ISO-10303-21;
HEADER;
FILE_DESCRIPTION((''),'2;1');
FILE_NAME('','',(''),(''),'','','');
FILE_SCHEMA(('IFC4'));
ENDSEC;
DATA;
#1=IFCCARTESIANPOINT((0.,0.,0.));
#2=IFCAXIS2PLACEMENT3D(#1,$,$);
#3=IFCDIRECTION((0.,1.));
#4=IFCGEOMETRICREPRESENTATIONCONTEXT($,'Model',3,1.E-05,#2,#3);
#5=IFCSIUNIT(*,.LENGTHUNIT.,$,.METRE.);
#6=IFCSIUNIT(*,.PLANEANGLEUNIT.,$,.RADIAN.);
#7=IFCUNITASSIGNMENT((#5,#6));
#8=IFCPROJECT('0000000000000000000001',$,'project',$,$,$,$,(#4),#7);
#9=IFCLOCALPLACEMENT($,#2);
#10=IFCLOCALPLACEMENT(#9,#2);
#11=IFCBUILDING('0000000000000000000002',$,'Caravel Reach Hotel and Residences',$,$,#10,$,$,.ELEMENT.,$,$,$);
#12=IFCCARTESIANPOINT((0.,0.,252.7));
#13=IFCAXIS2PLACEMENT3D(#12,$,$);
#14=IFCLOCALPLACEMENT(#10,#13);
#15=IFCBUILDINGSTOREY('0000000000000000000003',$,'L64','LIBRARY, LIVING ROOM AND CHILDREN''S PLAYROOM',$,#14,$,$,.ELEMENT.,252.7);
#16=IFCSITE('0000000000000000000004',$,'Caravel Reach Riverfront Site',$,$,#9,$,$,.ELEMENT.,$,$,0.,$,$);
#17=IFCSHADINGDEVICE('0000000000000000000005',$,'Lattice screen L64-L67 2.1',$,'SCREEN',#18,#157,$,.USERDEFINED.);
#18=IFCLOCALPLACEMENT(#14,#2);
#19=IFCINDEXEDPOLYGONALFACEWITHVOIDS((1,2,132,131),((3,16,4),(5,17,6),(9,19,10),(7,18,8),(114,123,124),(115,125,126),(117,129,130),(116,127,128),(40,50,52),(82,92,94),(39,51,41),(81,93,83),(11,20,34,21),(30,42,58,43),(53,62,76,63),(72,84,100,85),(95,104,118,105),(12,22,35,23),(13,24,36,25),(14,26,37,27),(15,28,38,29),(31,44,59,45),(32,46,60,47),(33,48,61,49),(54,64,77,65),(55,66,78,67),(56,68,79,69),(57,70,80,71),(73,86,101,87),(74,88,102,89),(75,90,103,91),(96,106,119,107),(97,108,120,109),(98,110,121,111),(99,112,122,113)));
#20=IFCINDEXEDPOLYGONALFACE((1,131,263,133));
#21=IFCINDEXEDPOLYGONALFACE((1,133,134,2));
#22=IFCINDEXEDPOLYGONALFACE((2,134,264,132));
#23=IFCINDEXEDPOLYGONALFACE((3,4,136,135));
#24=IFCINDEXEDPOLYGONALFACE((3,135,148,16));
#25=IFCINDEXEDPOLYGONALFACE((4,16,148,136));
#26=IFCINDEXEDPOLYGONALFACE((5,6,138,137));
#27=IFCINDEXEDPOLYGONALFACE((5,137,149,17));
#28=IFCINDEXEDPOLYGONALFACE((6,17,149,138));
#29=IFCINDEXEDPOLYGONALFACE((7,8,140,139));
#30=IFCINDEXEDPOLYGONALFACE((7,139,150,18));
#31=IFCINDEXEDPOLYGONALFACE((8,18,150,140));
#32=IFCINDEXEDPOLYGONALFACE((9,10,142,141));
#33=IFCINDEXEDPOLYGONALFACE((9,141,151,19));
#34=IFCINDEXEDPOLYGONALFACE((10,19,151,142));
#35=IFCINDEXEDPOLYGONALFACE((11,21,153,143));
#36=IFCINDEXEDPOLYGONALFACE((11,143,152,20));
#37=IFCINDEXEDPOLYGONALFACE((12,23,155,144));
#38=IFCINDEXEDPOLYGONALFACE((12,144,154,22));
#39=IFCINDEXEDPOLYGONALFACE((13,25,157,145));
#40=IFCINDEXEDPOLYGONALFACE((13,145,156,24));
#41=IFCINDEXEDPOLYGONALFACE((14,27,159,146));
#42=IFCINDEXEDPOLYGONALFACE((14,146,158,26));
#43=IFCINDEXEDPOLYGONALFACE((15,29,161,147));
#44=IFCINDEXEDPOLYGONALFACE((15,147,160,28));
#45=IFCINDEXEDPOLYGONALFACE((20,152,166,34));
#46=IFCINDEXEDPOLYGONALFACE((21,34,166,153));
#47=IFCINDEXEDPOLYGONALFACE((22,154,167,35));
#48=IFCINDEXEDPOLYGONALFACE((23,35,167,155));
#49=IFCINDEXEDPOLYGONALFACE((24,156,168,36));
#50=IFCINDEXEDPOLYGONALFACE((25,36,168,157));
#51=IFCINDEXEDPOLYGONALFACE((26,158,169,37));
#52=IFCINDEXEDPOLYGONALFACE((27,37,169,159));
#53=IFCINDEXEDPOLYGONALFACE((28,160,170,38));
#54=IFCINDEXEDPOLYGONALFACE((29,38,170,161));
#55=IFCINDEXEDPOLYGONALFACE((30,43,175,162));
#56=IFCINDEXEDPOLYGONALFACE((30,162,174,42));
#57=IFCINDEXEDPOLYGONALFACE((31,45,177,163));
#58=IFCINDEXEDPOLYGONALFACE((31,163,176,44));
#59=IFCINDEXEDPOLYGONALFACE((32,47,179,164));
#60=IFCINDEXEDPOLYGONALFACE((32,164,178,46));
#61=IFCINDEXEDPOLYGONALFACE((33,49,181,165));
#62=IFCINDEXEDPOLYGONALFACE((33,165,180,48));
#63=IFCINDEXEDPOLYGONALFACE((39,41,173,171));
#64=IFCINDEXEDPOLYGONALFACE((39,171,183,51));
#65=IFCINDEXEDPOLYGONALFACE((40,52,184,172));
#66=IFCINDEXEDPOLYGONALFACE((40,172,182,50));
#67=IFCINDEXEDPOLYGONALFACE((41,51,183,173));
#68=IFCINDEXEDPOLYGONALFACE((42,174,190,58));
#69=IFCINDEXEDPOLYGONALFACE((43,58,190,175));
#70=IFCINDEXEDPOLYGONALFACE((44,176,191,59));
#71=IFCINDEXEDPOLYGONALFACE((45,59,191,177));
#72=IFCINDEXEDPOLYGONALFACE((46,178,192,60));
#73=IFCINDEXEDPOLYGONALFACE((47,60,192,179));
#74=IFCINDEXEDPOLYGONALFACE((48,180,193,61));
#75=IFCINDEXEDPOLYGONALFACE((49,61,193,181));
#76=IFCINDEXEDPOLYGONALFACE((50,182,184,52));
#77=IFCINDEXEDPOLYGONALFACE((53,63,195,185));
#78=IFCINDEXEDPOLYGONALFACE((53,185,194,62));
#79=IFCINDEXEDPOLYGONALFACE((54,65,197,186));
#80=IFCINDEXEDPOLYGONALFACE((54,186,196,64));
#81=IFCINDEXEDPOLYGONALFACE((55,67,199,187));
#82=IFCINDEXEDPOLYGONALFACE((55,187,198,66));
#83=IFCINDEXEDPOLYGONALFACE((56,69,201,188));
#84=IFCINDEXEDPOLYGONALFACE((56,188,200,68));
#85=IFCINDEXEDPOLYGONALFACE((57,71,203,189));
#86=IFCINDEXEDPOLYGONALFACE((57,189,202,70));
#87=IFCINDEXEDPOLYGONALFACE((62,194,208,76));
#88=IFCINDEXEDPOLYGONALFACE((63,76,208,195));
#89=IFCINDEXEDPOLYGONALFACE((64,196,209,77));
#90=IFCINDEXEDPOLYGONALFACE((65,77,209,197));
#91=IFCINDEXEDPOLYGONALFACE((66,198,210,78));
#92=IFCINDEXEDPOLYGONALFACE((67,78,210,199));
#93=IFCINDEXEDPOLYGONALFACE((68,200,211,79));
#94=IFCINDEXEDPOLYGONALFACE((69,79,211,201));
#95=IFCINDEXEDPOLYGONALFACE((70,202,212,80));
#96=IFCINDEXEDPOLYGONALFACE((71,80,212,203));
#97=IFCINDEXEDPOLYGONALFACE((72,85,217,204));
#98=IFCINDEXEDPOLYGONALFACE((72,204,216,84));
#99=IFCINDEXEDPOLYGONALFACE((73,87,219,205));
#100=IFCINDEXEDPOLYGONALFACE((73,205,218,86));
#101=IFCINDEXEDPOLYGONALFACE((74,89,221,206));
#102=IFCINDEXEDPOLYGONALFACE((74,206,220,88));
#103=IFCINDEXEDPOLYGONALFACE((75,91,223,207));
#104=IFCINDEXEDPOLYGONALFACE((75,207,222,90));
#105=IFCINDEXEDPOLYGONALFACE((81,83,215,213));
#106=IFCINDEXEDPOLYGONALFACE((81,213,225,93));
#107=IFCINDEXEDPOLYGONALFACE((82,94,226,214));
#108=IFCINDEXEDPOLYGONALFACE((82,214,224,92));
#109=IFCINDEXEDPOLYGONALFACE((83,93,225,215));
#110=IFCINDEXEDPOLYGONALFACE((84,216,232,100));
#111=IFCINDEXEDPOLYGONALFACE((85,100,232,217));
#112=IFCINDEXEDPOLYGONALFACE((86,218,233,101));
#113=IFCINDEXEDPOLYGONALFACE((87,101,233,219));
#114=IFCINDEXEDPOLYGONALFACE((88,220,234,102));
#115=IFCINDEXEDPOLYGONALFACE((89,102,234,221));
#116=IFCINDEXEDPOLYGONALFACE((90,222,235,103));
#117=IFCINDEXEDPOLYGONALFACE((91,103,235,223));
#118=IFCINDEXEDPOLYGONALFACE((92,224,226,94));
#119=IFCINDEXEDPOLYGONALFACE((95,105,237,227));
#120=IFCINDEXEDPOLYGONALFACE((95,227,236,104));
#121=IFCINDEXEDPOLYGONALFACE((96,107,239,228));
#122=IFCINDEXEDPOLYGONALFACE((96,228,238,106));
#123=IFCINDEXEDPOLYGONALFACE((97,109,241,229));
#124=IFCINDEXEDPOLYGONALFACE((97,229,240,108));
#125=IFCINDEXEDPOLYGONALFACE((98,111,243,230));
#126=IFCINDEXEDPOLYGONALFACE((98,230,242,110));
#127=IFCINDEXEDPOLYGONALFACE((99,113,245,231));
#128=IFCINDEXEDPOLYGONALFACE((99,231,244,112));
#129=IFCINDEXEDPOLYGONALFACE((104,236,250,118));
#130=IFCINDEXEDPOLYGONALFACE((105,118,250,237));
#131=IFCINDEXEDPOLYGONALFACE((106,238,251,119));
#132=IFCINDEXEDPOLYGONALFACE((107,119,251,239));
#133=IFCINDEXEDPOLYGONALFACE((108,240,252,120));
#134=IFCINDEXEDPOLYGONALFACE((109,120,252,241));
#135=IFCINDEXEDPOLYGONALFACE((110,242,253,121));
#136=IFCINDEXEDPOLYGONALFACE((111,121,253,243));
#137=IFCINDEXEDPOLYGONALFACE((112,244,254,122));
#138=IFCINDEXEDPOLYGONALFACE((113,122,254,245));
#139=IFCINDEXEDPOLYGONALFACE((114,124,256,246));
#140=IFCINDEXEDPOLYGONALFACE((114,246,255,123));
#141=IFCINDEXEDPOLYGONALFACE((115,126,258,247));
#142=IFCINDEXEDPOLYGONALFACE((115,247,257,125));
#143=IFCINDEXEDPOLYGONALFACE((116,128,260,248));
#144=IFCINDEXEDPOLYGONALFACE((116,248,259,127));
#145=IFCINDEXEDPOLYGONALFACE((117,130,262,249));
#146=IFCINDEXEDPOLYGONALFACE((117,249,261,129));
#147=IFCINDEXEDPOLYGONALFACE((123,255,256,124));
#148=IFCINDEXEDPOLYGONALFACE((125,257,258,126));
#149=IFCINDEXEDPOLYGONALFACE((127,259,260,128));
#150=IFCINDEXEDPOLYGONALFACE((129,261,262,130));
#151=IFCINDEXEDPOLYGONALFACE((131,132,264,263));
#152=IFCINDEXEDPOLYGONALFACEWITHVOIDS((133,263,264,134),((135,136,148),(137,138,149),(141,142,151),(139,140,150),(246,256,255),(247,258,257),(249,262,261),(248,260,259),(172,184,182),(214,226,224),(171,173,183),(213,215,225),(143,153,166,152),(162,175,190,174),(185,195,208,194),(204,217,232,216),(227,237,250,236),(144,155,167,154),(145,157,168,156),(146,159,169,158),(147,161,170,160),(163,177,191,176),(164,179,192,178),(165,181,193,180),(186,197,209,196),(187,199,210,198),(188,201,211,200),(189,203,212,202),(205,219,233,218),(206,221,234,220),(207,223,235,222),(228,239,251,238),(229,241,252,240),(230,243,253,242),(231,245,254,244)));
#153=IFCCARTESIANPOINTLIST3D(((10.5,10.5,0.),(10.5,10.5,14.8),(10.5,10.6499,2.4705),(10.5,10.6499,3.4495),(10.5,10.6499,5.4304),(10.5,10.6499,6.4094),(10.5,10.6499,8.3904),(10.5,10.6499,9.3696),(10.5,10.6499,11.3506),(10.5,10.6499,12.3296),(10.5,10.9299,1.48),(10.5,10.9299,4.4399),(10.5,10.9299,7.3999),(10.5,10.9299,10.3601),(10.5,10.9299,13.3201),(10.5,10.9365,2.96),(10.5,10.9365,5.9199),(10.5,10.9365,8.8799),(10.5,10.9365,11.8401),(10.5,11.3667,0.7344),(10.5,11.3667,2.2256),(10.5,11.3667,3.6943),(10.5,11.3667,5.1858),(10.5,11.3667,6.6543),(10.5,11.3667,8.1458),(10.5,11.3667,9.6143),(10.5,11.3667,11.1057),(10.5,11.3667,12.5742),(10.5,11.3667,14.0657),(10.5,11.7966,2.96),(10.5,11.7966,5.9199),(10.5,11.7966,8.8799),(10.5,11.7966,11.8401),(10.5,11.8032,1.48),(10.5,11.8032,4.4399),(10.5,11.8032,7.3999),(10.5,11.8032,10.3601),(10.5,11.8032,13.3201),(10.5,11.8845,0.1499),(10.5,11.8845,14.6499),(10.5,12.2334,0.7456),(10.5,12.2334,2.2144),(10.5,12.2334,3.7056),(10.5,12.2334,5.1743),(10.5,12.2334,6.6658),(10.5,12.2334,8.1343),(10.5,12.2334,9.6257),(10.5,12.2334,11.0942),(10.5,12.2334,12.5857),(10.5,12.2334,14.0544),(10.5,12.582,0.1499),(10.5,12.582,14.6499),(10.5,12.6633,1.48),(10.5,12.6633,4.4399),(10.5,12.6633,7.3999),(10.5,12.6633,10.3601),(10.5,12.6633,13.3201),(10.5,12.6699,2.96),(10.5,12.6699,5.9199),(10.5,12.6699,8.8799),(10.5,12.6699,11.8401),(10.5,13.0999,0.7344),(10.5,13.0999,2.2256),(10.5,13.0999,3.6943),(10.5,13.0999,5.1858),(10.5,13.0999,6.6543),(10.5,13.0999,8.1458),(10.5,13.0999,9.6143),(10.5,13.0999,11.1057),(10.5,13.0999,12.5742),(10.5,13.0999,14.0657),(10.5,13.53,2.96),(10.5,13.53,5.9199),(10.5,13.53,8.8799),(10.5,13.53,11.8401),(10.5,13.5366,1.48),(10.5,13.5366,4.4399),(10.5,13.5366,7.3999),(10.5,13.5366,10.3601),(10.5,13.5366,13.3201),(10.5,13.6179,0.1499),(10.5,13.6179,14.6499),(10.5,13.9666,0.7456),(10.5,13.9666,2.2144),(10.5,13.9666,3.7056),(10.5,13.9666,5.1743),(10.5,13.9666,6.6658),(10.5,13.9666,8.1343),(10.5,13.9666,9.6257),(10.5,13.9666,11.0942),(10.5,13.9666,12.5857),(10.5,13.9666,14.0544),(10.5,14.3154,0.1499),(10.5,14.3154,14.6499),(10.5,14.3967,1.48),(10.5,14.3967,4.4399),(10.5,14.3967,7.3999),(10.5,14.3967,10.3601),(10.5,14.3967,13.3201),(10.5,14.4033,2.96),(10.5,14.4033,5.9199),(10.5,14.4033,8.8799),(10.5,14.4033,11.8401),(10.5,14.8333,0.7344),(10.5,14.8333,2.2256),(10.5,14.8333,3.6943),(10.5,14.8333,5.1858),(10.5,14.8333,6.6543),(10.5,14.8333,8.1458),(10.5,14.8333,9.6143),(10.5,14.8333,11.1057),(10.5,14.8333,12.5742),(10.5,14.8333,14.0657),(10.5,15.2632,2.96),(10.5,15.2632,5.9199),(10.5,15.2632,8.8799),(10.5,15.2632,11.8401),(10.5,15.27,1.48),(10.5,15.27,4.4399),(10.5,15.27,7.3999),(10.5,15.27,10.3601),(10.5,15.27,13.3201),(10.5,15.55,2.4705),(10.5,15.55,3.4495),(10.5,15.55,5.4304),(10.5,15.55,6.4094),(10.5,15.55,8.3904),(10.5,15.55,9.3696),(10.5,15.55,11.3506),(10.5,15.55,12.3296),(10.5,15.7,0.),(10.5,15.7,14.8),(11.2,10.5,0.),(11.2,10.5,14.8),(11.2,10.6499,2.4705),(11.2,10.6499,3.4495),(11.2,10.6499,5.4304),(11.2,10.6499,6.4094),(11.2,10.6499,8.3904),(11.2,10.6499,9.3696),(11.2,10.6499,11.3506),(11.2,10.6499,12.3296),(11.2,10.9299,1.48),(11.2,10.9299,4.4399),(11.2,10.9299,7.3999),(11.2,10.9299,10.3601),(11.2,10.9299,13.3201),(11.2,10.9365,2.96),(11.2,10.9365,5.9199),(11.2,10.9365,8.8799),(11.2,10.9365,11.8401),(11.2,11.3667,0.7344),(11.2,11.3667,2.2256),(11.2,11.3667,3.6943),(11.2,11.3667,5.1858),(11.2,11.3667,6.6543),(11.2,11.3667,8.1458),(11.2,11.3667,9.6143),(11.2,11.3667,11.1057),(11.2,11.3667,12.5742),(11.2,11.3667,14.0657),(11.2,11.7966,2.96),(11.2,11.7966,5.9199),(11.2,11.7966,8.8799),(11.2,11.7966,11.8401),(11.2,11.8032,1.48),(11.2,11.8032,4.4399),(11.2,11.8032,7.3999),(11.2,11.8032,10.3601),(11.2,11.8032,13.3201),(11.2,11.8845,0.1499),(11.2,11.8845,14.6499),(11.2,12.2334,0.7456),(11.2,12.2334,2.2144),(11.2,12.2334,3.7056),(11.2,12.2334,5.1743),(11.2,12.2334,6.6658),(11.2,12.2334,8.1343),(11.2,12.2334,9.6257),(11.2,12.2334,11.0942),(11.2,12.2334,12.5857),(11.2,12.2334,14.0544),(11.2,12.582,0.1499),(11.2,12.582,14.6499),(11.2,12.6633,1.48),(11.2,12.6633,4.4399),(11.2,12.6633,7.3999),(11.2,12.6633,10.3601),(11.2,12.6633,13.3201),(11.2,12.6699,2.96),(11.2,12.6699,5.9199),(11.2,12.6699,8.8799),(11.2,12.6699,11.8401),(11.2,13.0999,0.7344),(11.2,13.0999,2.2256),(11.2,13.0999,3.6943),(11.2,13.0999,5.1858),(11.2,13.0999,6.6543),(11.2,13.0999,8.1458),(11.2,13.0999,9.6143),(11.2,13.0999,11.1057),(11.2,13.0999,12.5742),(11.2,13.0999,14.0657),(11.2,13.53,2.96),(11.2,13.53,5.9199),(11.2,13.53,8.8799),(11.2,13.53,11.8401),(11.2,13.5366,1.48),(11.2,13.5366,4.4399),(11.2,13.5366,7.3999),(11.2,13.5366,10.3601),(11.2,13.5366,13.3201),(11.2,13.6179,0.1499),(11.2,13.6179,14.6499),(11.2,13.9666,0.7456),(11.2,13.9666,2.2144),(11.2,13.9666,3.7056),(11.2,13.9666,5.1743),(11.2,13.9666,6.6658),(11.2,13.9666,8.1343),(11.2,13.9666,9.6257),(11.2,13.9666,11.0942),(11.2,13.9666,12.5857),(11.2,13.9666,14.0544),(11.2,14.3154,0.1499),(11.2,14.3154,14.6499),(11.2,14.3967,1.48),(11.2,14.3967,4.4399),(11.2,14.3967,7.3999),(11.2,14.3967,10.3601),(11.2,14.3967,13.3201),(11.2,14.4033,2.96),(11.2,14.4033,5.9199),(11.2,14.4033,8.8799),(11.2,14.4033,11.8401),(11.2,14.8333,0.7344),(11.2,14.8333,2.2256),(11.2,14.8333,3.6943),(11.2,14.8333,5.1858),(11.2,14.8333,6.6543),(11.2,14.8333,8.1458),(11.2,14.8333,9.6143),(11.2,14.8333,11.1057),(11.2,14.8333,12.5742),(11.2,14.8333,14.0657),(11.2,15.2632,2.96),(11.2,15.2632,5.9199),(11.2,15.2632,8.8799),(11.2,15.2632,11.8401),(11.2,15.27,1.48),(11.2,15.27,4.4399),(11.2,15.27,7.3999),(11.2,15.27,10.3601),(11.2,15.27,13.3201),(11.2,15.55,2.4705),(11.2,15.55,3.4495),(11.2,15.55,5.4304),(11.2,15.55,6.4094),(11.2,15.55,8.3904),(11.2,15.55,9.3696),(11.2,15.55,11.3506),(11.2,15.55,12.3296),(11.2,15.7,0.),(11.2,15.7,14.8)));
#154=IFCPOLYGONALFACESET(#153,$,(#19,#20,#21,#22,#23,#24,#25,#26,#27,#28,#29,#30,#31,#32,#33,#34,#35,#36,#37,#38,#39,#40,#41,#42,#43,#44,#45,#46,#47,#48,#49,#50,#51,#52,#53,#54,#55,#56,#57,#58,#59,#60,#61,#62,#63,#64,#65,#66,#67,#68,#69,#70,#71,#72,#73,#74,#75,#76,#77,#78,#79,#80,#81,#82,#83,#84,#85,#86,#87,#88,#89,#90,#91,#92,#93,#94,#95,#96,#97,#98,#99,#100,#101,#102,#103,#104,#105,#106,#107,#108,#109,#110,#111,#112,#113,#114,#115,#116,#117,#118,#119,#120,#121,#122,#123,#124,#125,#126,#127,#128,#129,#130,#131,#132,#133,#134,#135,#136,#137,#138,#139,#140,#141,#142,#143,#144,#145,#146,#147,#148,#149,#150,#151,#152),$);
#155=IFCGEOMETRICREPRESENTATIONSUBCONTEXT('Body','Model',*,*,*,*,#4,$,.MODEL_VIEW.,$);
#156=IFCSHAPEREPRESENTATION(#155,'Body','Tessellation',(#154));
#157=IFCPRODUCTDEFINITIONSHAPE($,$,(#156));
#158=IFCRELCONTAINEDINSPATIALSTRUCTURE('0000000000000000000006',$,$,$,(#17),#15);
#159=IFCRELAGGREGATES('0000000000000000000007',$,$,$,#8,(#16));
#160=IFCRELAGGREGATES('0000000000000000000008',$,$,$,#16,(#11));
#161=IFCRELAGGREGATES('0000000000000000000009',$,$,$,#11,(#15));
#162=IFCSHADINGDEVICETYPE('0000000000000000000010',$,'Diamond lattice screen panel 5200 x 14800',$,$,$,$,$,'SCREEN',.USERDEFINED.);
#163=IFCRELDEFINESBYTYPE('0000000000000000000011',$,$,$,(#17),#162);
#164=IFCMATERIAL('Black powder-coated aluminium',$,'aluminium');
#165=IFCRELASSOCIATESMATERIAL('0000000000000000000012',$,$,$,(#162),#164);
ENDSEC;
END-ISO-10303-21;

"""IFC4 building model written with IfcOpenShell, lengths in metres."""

from ifc_helpers import new_model, si_unit, direction, frame, origin, place, context, subcontext, project, spatial, polyline, outline, extrude, material, type_object, element, save


model = new_model("IFC4")

# Units and contexts
model_context = context("Model", 3, precision=1e-05, world=origin(), true_north=direction((0.0, 1.0)))
body_context = subcontext(model_context, "Body", "Model", "MODEL_VIEW")
ifc_project = project(units=[si_unit("LENGTHUNIT", "METRE"), si_unit("PLANEANGLEUNIT", "RADIAN")], contexts=[model_context])

# Site, building, storey
site_placement = place(None, origin())
site = spatial("IfcSite", under=ifc_project, at=site_placement, Name="Caravel Reach Riverfront Site", CompositionType="ELEMENT", RefElevation=0.0)
building_placement = place(site_placement, origin())
building = spatial("IfcBuilding", under=site, at=building_placement, Name="Caravel Reach Hotel and Residences", CompositionType="ELEMENT")
storey_placement = place(building_placement, frame((0.0, 0.0, 252.7)))
storey = spatial("IfcBuildingStorey", under=building, at=storey_placement, Name="L64", Description="LIBRARY, LIVING ROOM AND CHILDREN'S PLAYROOM", CompositionType="ELEMENT", Elevation=252.7)

# Shading device
ifc_material_1 = material(Name="Black powder-coated aluminium", Category="aluminium")
shading_device_type_1 = type_object("IfcShadingDeviceType", Name="Diamond lattice screen panel 5200 x 14800", ElementType="SCREEN", PredefinedType="USERDEFINED", material=ifc_material_1)
shading_device_1_placement = place(storey_placement, frame((11.2, 15.7, 0.0), z_axis=(-1.0, 0.0, 0.0), x_axis=(0.0, -1.0, 0.0)))
element("IfcShadingDevice", 1, at=shading_device_1_placement, inside=storey, type_object=shading_device_type_1, Name="Lattice screen L64-L67 2.1", ObjectType="SCREEN", PredefinedType="USERDEFINED", context=body_context, shape_type="SweptSolid", body=[
    extrude(outline(polyline([(0.0, 0.0), (5.2, 0.0), (5.2, 14.8), (0.0, 14.8), (0.0, 0.0)]), holes=[polyline([(0.4368, 2.96), (0.1499, 3.4495), (0.1499, 2.4705), (0.4368, 2.96)]), polyline([(0.4368, 5.9199), (0.1499, 6.4094), (0.1499, 5.4304), (0.4368, 5.9199)]), polyline([(0.4368, 8.8799), (0.1499, 9.3696), (0.1499, 8.3904), (0.4368, 8.8799)]), polyline([(0.4368, 11.8401), (0.1499, 12.3296), (0.1499, 11.3506), (0.4368, 11.8401)]), polyline([(0.8667, 2.2256), (0.4299, 1.48), (0.8667, 0.7344), (1.3032, 1.48), (0.8667, 2.2256)]), polyline([(0.8667, 5.1858), (0.4299, 4.4399), (0.8667, 3.6943), (1.3032, 4.4399), (0.8667, 5.1858)]), polyline([(0.8667, 8.1458), (0.4299, 7.3999), (0.8667, 6.6543), (1.3032, 7.3999), (0.8667, 8.1458)]), polyline([(0.8667, 11.1057), (0.4299, 10.3601), (0.8667, 9.6143), (1.3032, 10.3601), (0.8667, 11.1057)]), polyline([(0.8667, 14.0657), (0.4299, 13.3201), (0.8667, 12.5742), (1.3032, 13.3201), (0.8667, 14.0657)]), polyline([(1.7334, 0.7456), (1.3845, 0.1499), (2.082, 0.1499), (1.7334, 0.7456)]), polyline([(1.7334, 3.7056), (1.2966, 2.96), (1.7334, 2.2144), (2.1699, 2.96), (1.7334, 3.7056)]), polyline([(1.7334, 6.6658), (1.2966, 5.9199), (1.7334, 5.1743), (2.1699, 5.9199), (1.7334, 6.6658)]), polyline([(1.7334, 9.6257), (1.2966, 8.8799), (1.7334, 8.1343), (2.1699, 8.8799), (1.7334, 9.6257)]), polyline([(1.7334, 12.5857), (1.2966, 11.8401), (1.7334, 11.0942), (2.1699, 11.8401), (1.7334, 12.5857)]), polyline([(1.7334, 14.0544), (2.082, 14.6499), (1.3845, 14.6499), (1.7334, 14.0544)]), polyline([(2.6001, 2.2256), (2.1633, 1.48), (2.6001, 0.7344), (3.0366, 1.48), (2.6001, 2.2256)]), polyline([(2.6001, 5.1858), (2.1633, 4.4399), (2.6001, 3.6943), (3.0366, 4.4399), (2.6001, 5.1858)]), polyline([(2.6001, 8.1458), (2.1633, 7.3999), (2.6001, 6.6543), (3.0366, 7.3999), (2.6001, 8.1458)]), polyline([(2.6001, 11.1057), (2.1633, 10.3601), (2.6001, 9.6143), (3.0366, 10.3601), (2.6001, 11.1057)]), polyline([(2.6001, 14.0657), (2.1633, 13.3201), (2.6001, 12.5742), (3.0366, 13.3201), (2.6001, 14.0657)]), polyline([(3.4666, 0.7456), (3.1179, 0.1499), (3.8154, 0.1499), (3.4666, 0.7456)]), polyline([(3.4666, 3.7056), (3.03, 2.96), (3.4666, 2.2144), (3.9033, 2.96), (3.4666, 3.7056)]), polyline([(3.4666, 6.6658), (3.03, 5.9199), (3.4666, 5.1743), (3.9033, 5.9199), (3.4666, 6.6658)]), polyline([(3.4666, 9.6257), (3.03, 8.8799), (3.4666, 8.1343), (3.9033, 8.8799), (3.4666, 9.6257)]), polyline([(3.4666, 12.5857), (3.03, 11.8401), (3.4666, 11.0942), (3.9033, 11.8401), (3.4666, 12.5857)]), polyline([(3.4666, 14.0544), (3.8154, 14.6499), (3.1179, 14.6499), (3.4666, 14.0544)]), polyline([(4.3333, 2.2256), (3.8967, 1.48), (4.3333, 0.7344), (4.77, 1.48), (4.3333, 2.2256)]), polyline([(4.3333, 5.1858), (3.8967, 4.4399), (4.3333, 3.6943), (4.77, 4.4399), (4.3333, 5.1858)]), polyline([(4.3333, 8.1458), (3.8967, 7.3999), (4.3333, 6.6543), (4.77, 7.3999), (4.3333, 8.1458)]), polyline([(4.3333, 11.1057), (3.8967, 10.3601), (4.3333, 9.6143), (4.77, 10.3601), (4.3333, 11.1057)]), polyline([(4.3333, 14.0657), (3.8967, 13.3201), (4.3333, 12.5742), (4.77, 13.3201), (4.3333, 14.0657)]), polyline([(4.7634, 2.96), (5.05, 2.4705), (5.05, 3.4495), (4.7634, 2.96)]), polyline([(4.7634, 5.9199), (5.05, 5.4304), (5.05, 6.4094), (4.7634, 5.9199)]), polyline([(4.7634, 8.8799), (5.05, 8.3904), (5.05, 9.3696), (4.7634, 8.8799)]), polyline([(4.7634, 11.8401), (5.05, 11.3506), (5.05, 12.3296), (4.7634, 11.8401)])]), origin(), (0.0, 0.0, 1.0), 0.7),
])

save(model, "model.ifc")
